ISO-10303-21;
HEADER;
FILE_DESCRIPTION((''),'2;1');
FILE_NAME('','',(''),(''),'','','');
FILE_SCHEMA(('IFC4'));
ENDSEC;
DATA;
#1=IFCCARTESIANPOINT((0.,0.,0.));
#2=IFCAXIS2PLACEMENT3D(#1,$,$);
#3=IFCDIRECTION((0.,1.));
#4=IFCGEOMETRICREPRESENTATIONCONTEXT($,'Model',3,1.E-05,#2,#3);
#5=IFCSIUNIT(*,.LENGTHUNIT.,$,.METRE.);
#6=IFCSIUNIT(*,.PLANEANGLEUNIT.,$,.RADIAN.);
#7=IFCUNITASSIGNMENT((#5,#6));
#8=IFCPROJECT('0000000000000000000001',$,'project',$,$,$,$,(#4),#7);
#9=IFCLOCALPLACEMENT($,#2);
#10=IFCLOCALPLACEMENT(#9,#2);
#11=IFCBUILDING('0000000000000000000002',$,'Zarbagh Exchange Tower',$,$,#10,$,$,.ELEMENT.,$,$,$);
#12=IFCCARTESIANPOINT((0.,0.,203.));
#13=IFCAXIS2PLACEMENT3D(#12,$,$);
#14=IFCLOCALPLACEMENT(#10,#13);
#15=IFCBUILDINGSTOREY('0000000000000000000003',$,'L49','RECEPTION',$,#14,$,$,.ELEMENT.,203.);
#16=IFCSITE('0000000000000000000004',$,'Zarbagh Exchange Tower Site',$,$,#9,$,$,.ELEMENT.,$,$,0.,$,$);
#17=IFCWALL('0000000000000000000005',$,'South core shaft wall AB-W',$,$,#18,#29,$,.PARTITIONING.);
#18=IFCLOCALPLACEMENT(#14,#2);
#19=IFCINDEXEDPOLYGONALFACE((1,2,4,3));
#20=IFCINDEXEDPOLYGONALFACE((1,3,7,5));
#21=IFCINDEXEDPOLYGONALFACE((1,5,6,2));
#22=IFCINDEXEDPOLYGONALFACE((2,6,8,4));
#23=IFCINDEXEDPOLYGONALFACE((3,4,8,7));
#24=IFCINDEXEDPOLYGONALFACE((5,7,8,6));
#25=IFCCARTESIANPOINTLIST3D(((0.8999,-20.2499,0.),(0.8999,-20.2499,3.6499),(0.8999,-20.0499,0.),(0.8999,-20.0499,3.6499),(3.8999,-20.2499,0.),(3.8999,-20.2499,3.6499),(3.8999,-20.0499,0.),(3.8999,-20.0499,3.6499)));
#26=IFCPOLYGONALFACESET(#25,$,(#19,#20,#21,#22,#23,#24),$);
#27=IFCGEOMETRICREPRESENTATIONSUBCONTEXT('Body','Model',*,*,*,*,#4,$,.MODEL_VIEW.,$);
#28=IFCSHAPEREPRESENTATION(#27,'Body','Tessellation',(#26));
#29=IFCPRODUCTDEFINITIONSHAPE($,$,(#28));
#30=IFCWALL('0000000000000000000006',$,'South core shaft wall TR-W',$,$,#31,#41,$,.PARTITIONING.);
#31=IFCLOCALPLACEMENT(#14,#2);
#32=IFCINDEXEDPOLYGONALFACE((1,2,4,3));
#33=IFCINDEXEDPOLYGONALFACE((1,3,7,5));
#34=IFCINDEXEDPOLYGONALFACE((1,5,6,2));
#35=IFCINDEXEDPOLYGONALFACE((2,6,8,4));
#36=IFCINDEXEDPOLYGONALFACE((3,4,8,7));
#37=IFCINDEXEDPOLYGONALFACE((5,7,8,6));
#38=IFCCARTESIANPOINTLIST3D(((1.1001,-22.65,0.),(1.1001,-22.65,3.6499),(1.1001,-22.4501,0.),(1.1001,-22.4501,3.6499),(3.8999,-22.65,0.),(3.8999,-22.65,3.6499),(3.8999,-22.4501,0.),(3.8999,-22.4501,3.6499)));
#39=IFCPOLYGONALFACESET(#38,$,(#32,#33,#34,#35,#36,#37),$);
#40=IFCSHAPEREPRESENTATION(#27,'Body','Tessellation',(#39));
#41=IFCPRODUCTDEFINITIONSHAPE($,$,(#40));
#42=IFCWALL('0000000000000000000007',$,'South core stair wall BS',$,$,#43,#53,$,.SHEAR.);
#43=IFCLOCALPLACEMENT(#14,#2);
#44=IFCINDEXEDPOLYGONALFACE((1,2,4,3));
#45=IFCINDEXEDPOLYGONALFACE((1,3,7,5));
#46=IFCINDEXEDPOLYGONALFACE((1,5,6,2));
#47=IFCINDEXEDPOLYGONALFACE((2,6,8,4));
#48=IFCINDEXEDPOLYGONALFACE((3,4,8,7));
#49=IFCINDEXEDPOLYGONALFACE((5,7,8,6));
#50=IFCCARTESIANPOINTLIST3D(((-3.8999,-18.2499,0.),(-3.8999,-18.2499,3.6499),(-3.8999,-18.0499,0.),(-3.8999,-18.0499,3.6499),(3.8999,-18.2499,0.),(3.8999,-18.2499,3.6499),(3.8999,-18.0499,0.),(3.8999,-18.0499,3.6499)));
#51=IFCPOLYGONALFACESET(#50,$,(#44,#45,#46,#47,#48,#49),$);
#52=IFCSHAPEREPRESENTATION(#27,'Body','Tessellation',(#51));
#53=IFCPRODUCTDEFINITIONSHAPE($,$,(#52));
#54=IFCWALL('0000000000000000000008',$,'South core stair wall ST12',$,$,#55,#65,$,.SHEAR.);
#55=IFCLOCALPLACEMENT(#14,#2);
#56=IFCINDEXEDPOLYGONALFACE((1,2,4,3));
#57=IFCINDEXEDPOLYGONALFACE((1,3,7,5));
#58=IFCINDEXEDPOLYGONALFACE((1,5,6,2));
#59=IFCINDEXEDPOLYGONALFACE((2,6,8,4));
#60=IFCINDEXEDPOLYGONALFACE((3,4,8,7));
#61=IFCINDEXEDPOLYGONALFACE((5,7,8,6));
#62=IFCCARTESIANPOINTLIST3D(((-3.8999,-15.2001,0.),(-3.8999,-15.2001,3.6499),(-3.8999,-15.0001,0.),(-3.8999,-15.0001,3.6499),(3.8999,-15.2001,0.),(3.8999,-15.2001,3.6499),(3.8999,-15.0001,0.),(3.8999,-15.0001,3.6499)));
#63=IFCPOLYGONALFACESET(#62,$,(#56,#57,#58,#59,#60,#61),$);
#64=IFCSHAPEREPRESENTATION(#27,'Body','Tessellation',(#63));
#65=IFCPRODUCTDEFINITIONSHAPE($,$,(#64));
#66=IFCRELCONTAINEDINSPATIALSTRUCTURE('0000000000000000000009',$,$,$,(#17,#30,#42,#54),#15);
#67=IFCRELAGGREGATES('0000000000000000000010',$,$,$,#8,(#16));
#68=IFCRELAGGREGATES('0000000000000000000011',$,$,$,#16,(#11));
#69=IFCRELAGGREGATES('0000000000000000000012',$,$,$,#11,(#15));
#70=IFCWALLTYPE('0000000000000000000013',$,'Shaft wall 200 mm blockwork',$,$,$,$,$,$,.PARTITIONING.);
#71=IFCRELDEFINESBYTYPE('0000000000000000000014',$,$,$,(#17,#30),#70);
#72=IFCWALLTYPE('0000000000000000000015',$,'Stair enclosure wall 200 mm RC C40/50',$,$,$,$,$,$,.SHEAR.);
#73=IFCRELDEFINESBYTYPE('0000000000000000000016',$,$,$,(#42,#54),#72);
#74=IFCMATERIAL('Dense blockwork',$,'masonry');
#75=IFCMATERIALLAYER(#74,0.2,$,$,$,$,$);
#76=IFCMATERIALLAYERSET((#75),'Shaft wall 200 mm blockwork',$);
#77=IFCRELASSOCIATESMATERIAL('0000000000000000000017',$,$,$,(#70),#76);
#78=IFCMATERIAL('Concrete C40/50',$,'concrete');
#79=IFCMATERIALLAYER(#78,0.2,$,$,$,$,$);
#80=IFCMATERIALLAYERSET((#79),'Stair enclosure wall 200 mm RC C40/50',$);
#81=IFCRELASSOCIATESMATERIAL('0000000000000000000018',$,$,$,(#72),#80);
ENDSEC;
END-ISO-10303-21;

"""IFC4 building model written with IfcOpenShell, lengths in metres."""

from ifc_helpers import new_model, si_unit, direction, frame, frame_2d, origin, place, context, subcontext, project, spatial, rectangle, extrude, material, layer, layer_set, type_object, element, save


model = new_model("IFC4")

# Units and contexts
model_context = context("Model", 3, precision=1e-05, world=origin(), true_north=direction((0.0, 1.0)))
body_context = subcontext(model_context, "Body", "Model", "MODEL_VIEW")
ifc_project = project(units=[si_unit("LENGTHUNIT", "METRE"), si_unit("PLANEANGLEUNIT", "RADIAN")], contexts=[model_context])

# Site, building, storey
site_placement = place(None, origin())
site = spatial("IfcSite", under=ifc_project, at=site_placement, Name="Zarbagh Exchange Tower Site", CompositionType="ELEMENT", RefElevation=0.0)
building_placement = place(site_placement, origin())
building = spatial("IfcBuilding", under=site, at=building_placement, Name="Zarbagh Exchange Tower", CompositionType="ELEMENT")
storey_placement = place(building_placement, frame((0.0, 0.0, 203.0)))
storey = spatial("IfcBuildingStorey", under=building, at=storey_placement, Name="L49", Description="RECEPTION", CompositionType="ELEMENT", Elevation=203.0)

# Walls
ifc_material_1 = material(Name="Dense blockwork", Category="masonry")
ifc_layer_1 = layer(ifc_material_1, 0.2)
ifc_layer_set_1 = layer_set([ifc_layer_1], Name="Shaft wall 200 mm blockwork")
wall_type_1 = type_object("IfcWallType", Name="Shaft wall 200 mm blockwork", PredefinedType="PARTITIONING", material=ifc_layer_set_1)
wall_1_placement = place(storey_placement, frame((3.8999, -20.1499, 0.0), z_axis=(0.0, 0.0, 1.0), x_axis=(-1.0, 0.0, 0.0)))
element("IfcWall", 1, at=wall_1_placement, inside=storey, type_object=wall_type_1, Name="South core shaft wall AB-W", PredefinedType="PARTITIONING", context=body_context, shape_type="SweptSolid", body=[
    extrude(rectangle(XDim=3.0, YDim=0.2, at=frame_2d((1.5, 0.0))), origin(), (0.0, 0.0, 1.0), 3.6499),
])
wall_2_placement = place(storey_placement, frame((3.8999, -22.55, 0.0), z_axis=(0.0, 0.0, 1.0), x_axis=(-1.0, 0.0, 0.0)))
element("IfcWall", 2, at=wall_2_placement, inside=storey, type_object=wall_type_1, Name="South core shaft wall TR-W", PredefinedType="PARTITIONING", context=body_context, shape_type="SweptSolid", body=[
    extrude(rectangle(XDim=2.7998, YDim=0.2, at=frame_2d((1.3999, 0.0))), origin(), (0.0, 0.0, 1.0), 3.6499),
])
ifc_material_2 = material(Name="Concrete C40/50", Category="concrete")
ifc_layer_2 = layer(ifc_material_2, 0.2)
ifc_layer_set_2 = layer_set([ifc_layer_2], Name="Stair enclosure wall 200 mm RC C40/50")
wall_type_2 = type_object("IfcWallType", Name="Stair enclosure wall 200 mm RC C40/50", PredefinedType="SHEAR", material=ifc_layer_set_2)
for number, where, z_axis, x_axis, name in (
    (3, (3.8999, -18.1499, 0.0), (0.0, 0.0, 1.0), (-1.0, 0.0, 0.0), "South core stair wall BS"),
    (4, (3.8999, -15.1001, 0.0), (0.0, 0.0, 1.0), (-1.0, 0.0, 0.0), "South core stair wall ST12"),
):
    element("IfcWall", number, at=place(storey_placement, frame(where, z_axis=z_axis, x_axis=x_axis)), inside=storey, type_object=wall_type_2, Name=name, PredefinedType="SHEAR", context=body_context, shape_type="SweptSolid", body=[
        extrude(rectangle(XDim=7.7998, YDim=0.2, at=frame_2d((3.8999, 0.0))), origin(), (0.0, 0.0, 1.0), 3.6499),
    ])

save(model, "model.ifc")
